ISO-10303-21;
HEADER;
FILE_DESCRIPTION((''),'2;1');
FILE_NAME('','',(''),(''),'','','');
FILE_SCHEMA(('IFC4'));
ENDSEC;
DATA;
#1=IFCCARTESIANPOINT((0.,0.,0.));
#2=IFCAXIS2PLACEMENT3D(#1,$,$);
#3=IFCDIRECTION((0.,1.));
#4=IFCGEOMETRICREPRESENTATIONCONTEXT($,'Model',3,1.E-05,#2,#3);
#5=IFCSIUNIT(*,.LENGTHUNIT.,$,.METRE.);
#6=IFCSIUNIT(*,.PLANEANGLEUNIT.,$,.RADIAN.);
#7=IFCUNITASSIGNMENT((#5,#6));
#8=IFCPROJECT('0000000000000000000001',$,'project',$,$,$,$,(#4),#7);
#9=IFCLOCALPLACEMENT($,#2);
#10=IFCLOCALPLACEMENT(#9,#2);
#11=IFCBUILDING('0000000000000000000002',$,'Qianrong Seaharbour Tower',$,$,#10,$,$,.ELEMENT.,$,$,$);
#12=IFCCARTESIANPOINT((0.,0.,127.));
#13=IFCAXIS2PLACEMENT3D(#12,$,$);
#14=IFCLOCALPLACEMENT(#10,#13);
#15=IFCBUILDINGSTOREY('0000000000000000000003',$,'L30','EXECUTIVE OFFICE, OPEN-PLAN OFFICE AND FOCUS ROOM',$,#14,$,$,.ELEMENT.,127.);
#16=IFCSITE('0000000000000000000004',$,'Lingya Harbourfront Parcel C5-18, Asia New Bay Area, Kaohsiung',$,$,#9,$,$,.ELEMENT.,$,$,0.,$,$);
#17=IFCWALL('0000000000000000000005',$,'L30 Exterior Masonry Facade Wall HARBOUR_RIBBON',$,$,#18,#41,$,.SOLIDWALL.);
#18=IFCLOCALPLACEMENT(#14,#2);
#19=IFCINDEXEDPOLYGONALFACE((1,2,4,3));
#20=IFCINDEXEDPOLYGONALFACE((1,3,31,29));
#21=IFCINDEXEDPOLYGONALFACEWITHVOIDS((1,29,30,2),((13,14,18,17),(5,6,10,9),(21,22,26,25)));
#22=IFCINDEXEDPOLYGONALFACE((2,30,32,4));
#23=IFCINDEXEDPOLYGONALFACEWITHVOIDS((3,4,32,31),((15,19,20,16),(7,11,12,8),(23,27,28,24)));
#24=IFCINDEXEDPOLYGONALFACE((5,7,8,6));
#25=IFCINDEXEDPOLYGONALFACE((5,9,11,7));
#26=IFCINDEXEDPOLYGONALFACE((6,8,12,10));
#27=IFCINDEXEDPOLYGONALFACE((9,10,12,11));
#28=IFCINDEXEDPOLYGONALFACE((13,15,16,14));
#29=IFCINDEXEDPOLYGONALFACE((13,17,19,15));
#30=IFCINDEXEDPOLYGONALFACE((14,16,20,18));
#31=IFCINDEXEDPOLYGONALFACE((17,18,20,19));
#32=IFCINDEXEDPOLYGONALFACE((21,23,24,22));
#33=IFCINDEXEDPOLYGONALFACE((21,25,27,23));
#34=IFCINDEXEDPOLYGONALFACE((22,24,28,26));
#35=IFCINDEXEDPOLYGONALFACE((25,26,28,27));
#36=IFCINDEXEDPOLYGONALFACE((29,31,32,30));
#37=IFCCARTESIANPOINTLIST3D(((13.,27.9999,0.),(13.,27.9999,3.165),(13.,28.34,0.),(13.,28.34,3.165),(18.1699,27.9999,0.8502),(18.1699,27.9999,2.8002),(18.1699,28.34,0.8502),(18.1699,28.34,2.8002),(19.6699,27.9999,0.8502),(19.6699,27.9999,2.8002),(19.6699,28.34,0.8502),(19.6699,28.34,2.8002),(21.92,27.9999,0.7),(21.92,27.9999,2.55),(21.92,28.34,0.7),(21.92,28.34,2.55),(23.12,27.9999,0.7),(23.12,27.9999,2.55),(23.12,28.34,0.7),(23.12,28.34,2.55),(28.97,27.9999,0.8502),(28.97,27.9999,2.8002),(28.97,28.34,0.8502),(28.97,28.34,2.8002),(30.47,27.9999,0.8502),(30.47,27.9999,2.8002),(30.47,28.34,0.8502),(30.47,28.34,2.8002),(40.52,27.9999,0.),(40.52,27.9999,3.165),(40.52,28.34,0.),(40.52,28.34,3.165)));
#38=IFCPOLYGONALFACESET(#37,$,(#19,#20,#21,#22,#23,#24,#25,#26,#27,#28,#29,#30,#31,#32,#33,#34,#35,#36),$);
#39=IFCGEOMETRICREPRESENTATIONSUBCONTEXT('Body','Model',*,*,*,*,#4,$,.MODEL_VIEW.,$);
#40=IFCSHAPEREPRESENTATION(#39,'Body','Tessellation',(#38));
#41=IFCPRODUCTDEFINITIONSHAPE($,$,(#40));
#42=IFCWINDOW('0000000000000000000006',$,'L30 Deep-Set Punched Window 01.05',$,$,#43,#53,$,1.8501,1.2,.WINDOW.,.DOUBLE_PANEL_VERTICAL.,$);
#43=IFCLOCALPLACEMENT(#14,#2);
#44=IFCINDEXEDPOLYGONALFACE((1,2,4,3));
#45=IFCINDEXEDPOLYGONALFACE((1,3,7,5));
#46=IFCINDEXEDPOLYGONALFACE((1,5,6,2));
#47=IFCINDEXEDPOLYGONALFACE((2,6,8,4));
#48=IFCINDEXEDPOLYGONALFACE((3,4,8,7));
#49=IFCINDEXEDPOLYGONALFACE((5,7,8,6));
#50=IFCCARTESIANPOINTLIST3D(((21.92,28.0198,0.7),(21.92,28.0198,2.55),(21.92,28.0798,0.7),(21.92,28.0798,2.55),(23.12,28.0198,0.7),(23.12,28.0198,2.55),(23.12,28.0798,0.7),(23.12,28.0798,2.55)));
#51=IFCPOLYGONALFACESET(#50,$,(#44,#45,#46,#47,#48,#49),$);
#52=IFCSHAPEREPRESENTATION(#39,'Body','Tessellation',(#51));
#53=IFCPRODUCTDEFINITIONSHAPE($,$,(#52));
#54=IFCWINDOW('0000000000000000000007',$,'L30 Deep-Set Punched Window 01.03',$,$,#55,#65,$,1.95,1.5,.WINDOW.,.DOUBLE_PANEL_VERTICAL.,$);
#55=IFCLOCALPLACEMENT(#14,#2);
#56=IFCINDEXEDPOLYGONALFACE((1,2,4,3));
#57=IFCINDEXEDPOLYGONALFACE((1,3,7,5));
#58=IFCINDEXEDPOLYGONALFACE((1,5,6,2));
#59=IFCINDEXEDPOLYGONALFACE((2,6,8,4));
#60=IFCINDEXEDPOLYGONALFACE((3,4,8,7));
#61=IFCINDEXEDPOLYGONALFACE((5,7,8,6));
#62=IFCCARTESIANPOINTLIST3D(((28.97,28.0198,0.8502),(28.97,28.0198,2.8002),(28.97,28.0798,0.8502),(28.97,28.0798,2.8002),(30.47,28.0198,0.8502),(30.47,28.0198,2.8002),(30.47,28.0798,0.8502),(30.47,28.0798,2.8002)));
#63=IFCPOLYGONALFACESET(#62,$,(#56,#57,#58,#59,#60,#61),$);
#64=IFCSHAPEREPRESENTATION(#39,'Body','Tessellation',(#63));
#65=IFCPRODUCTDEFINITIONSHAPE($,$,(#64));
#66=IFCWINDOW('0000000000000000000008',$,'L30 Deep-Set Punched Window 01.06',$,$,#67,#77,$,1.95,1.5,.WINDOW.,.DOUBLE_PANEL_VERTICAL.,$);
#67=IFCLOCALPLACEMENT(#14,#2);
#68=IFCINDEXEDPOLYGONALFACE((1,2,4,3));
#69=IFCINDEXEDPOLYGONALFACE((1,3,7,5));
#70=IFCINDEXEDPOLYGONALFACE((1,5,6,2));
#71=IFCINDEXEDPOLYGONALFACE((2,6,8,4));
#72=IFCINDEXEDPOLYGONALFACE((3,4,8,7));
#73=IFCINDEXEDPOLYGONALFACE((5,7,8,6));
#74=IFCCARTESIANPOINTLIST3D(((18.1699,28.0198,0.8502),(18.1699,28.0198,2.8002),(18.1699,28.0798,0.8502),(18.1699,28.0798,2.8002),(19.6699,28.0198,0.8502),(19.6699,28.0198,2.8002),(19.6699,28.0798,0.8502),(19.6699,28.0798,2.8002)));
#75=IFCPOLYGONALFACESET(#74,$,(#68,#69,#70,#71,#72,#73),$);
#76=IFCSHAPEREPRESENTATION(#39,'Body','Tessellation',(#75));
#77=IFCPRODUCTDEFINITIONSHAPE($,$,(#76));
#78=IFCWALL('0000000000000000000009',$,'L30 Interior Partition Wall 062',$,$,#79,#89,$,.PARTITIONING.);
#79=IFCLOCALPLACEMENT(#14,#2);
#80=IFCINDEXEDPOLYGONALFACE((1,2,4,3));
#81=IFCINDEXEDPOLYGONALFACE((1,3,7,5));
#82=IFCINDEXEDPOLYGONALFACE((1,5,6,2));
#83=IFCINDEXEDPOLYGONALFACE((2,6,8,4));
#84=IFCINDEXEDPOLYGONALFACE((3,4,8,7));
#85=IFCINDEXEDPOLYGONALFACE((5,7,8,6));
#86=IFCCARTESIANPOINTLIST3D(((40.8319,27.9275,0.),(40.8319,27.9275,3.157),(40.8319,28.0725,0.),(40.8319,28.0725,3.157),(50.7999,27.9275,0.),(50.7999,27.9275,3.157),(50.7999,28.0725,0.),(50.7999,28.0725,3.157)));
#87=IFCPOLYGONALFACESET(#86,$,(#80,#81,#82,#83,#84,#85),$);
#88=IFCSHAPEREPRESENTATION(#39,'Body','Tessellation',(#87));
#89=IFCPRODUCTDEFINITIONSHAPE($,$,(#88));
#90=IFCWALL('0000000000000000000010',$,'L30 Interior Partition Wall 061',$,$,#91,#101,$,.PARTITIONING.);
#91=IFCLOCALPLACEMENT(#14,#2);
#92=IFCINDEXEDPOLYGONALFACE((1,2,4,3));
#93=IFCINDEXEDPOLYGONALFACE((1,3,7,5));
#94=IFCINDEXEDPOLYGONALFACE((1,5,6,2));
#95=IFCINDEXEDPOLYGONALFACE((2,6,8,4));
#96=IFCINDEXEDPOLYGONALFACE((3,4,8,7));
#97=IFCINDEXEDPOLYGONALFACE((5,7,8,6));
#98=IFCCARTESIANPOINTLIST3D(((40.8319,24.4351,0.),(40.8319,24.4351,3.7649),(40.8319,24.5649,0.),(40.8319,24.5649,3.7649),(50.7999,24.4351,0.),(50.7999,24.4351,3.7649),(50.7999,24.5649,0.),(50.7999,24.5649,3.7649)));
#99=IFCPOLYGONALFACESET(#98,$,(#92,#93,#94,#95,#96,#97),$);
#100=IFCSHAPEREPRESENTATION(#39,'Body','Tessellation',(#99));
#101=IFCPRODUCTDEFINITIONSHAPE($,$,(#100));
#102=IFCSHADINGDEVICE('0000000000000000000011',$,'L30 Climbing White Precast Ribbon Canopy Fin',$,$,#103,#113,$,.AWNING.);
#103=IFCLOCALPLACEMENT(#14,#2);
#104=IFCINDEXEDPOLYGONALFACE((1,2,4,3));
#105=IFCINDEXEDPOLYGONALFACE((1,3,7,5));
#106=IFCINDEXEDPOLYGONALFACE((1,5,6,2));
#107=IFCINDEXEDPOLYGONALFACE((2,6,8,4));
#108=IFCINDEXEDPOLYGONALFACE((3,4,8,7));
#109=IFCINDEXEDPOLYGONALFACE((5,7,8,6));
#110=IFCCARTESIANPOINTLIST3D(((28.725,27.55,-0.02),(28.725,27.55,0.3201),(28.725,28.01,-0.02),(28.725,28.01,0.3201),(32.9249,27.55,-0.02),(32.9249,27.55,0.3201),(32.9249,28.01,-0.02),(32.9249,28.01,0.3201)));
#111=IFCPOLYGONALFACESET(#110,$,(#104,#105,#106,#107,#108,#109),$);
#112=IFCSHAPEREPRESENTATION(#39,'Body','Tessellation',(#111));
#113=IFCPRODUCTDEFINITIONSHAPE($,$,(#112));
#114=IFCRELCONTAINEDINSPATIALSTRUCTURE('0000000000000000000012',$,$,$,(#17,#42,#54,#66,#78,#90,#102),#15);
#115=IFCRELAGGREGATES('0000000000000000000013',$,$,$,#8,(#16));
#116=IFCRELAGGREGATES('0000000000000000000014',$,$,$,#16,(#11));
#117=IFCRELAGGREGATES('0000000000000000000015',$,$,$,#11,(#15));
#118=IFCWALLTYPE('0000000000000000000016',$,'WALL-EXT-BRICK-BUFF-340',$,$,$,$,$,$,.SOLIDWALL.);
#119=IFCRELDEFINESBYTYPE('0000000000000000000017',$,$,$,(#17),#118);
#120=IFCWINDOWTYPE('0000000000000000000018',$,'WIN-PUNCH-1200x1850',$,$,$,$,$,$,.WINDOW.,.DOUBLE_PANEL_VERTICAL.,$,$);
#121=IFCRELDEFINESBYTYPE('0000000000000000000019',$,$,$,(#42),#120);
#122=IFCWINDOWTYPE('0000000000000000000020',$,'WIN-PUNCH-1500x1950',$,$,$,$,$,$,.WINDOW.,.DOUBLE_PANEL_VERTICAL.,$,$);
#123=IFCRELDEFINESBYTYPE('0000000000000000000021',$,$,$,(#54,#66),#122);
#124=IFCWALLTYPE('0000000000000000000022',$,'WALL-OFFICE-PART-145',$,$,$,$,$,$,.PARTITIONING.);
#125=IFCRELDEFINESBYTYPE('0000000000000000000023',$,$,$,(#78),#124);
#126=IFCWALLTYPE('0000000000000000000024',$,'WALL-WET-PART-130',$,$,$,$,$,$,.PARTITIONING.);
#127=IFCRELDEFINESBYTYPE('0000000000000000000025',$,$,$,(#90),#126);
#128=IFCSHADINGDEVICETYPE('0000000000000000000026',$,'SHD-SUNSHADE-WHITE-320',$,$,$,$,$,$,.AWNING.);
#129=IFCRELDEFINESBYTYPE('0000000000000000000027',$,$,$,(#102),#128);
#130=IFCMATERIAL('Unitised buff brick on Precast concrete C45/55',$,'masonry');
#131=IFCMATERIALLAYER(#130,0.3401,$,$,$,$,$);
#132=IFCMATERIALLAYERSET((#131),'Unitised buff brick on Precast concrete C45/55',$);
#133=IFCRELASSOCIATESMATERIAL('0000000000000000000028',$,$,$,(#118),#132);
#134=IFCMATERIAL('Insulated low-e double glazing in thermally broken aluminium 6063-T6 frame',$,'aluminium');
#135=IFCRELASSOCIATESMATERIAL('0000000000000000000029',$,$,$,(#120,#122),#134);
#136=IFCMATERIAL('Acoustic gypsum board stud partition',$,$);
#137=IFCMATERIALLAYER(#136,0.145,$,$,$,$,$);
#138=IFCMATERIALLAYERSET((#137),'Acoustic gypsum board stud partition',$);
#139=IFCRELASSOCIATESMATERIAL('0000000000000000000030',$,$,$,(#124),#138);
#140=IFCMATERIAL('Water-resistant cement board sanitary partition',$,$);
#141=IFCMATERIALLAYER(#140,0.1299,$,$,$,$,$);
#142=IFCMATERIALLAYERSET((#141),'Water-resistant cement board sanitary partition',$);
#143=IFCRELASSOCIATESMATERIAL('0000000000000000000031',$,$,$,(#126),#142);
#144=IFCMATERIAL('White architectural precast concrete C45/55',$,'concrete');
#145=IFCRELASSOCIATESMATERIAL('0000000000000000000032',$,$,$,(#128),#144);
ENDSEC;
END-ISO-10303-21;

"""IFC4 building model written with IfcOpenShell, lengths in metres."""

from ifc_helpers import new_model, si_unit, direction, frame, frame_2d, origin, origin_2d, place, context, subcontext, project, spatial, rectangle, extrude, material, layer, layer_set, type_object, element, fill, save


model = new_model("IFC4")

# Units and contexts
model_context = context("Model", 3, precision=1e-05, world=origin(), true_north=direction((0.0, 1.0)))
body_context = subcontext(model_context, "Body", "Model", "MODEL_VIEW")
ifc_project = project(units=[si_unit("LENGTHUNIT", "METRE"), si_unit("PLANEANGLEUNIT", "RADIAN")], contexts=[model_context])

# Site, building, storey
site_placement = place(None, origin())
site = spatial("IfcSite", under=ifc_project, at=site_placement, Name="Lingya Harbourfront Parcel C5-18, Asia New Bay Area, Kaohsiung", CompositionType="ELEMENT", RefElevation=0.0)
building_placement = place(site_placement, origin())
building = spatial("IfcBuilding", under=site, at=building_placement, Name="Qianrong Seaharbour Tower", CompositionType="ELEMENT")
storey_placement = place(building_placement, frame((0.0, 0.0, 127.0)))
storey = spatial("IfcBuildingStorey", under=building, at=storey_placement, Name="L30", Description="EXECUTIVE OFFICE, OPEN-PLAN OFFICE AND FOCUS ROOM", CompositionType="ELEMENT", Elevation=127.0)

# Wall, openings, windows
ifc_material_1 = material(Name="Unitised buff brick on Precast concrete C45/55", Category="masonry")
ifc_layer_1 = layer(ifc_material_1, 0.3401)
ifc_layer_set_1 = layer_set([ifc_layer_1], Name="Unitised buff brick on Precast concrete C45/55")
wall_type_1 = type_object("IfcWallType", Name="WALL-EXT-BRICK-BUFF-340", PredefinedType="SOLIDWALL", material=ifc_layer_set_1)
wall_1_placement = place(storey_placement, frame((40.52, 28.1699, 0.0), z_axis=(0.0, 0.0, 1.0), x_axis=(-1.0, 0.0, 0.0)))
wall_1 = element("IfcWall", 1, at=wall_1_placement, inside=storey, type_object=wall_type_1, Name="L30 Exterior Masonry Facade Wall HARBOUR_RIBBON", PredefinedType="SOLIDWALL", context=body_context, shape_type="SweptSolid", body=[
    extrude(rectangle(XDim=27.52, YDim=0.3401, at=frame_2d((13.76, 0.0))), origin(), (0.0, 0.0, 1.0), 3.165),
])
opening_1_placement = place(wall_1_placement, frame((10.05, 0.0, 0.8501)))
opening_1 = element("IfcOpeningElement", 2, at=opening_1_placement, cuts=wall_1, PredefinedType="OPENING", context=body_context, shape_type="SweptSolid", body=[
    extrude(rectangle(XDim=1.5, YDim=1.95, at=frame_2d((0.75, 0.9751))), frame((0.0, 0.1802, 0.0), z_axis=(0.0, -1.0, 0.0), x_axis=(1.0, 0.0, 0.0)), (0.0, 0.0, 1.0), 0.3601),
])
opening_2_placement = place(wall_1_placement, frame((17.3999, 0.0, 0.7)))
opening_2 = element("IfcOpeningElement", 3, at=opening_2_placement, cuts=wall_1, PredefinedType="OPENING", context=body_context, shape_type="SweptSolid", body=[
    extrude(rectangle(XDim=1.2, YDim=1.8501, at=frame_2d((0.6001, 0.925))), frame((0.0, 0.1802, 0.0), z_axis=(0.0, -1.0, 0.0), x_axis=(1.0, 0.0, 0.0)), (0.0, 0.0, 1.0), 0.3601),
])
opening_3_placement = place(wall_1_placement, frame((20.8501, 0.0, 0.8501)))
opening_3 = element("IfcOpeningElement", 4, at=opening_3_placement, cuts=wall_1, PredefinedType="OPENING", context=body_context, shape_type="SweptSolid", body=[
    extrude(rectangle(XDim=1.5, YDim=1.95, at=frame_2d((0.75, 0.9751))), frame((0.0, 0.1802, 0.0), z_axis=(0.0, -1.0, 0.0), x_axis=(1.0, 0.0, 0.0)), (0.0, 0.0, 1.0), 0.3601),
])
ifc_material_2 = material(Name="Insulated low-e double glazing in thermally broken aluminium 6063-T6 frame", Category="aluminium")
window_type_1 = type_object("IfcWindowType", Name="WIN-PUNCH-1200x1850", PartitioningType="DOUBLE_PANEL_VERTICAL", PredefinedType="WINDOW", material=ifc_material_2)
window_1_placement = place(opening_2_placement, origin())
window_1 = element("IfcWindow", 5, at=window_1_placement, inside=storey, type_object=window_type_1, Name="L30 Deep-Set Punched Window 01.05", OverallHeight=1.8501, OverallWidth=1.2, PartitioningType="DOUBLE_PANEL_VERTICAL", PredefinedType="WINDOW", context=body_context, shape_type="SweptSolid", body=[
    extrude(rectangle(XDim=1.2, YDim=1.8501, at=frame_2d((0.6001, 0.925))), frame((0.0, 0.1501, 0.0), z_axis=(0.0, -1.0, 0.0), x_axis=(1.0, 0.0, 0.0)), (0.0, 0.0, 1.0), 0.0601),
])
fill(opening_2, window_1)
window_type_2 = type_object("IfcWindowType", Name="WIN-PUNCH-1500x1950", PartitioningType="DOUBLE_PANEL_VERTICAL", PredefinedType="WINDOW", material=ifc_material_2)
window_2_placement = place(opening_1_placement, origin())
window_2 = element("IfcWindow", 6, at=window_2_placement, inside=storey, type_object=window_type_2, Name="L30 Deep-Set Punched Window 01.03", OverallHeight=1.95, OverallWidth=1.5, PartitioningType="DOUBLE_PANEL_VERTICAL", PredefinedType="WINDOW", context=body_context, shape_type="SweptSolid", body=[
    extrude(rectangle(XDim=1.5, YDim=1.95, at=frame_2d((0.75, 0.9751))), frame((0.0, 0.1501, 0.0), z_axis=(0.0, -1.0, 0.0), x_axis=(1.0, 0.0, 0.0)), (0.0, 0.0, 1.0), 0.0601),
])
fill(opening_1, window_2)
window_3_placement = place(opening_3_placement, origin())
window_3 = element("IfcWindow", 7, at=window_3_placement, inside=storey, type_object=window_type_2, Name="L30 Deep-Set Punched Window 01.06", OverallHeight=1.95, OverallWidth=1.5, PartitioningType="DOUBLE_PANEL_VERTICAL", PredefinedType="WINDOW", context=body_context, shape_type="SweptSolid", body=[
    extrude(rectangle(XDim=1.5, YDim=1.95, at=frame_2d((0.75, 0.9751))), frame((0.0, 0.1501, 0.0), z_axis=(0.0, -1.0, 0.0), x_axis=(1.0, 0.0, 0.0)), (0.0, 0.0, 1.0), 0.0601),
])
fill(opening_3, window_3)

# Walls
ifc_material_3 = material(Name="Acoustic gypsum board stud partition")
ifc_layer_2 = layer(ifc_material_3, 0.145)
ifc_layer_set_2 = layer_set([ifc_layer_2], Name="Acoustic gypsum board stud partition")
wall_type_2 = type_object("IfcWallType", Name="WALL-OFFICE-PART-145", PredefinedType="PARTITIONING", material=ifc_layer_set_2)
wall_2_placement = place(storey_placement, frame((40.832, 28.0, 0.0), z_axis=(0.0, 0.0, 1.0), x_axis=(1.0, 0.0, 0.0)))
element("IfcWall", 8, at=wall_2_placement, inside=storey, type_object=wall_type_2, Name="L30 Interior Partition Wall 062", PredefinedType="PARTITIONING", context=body_context, shape_type="SweptSolid", body=[
    extrude(rectangle(XDim=9.968, YDim=0.145, at=frame_2d((4.9839, 0.0))), origin(), (0.0, 0.0, 1.0), 3.157),
])
ifc_material_4 = material(Name="Water-resistant cement board sanitary partition")
ifc_layer_3 = layer(ifc_material_4, 0.1299)
ifc_layer_set_3 = layer_set([ifc_layer_3], Name="Water-resistant cement board sanitary partition")
wall_type_3 = type_object("IfcWallType", Name="WALL-WET-PART-130", PredefinedType="PARTITIONING", material=ifc_layer_set_3)
wall_3_placement = place(storey_placement, frame((40.832, 24.5, 0.0), z_axis=(0.0, 0.0, 1.0), x_axis=(1.0, 0.0, 0.0)))
element("IfcWall", 9, at=wall_3_placement, inside=storey, type_object=wall_type_3, Name="L30 Interior Partition Wall 061", PredefinedType="PARTITIONING", context=body_context, shape_type="SweptSolid", body=[
    extrude(rectangle(XDim=9.968, YDim=0.1299, at=frame_2d((4.9839, 0.0))), origin(), (0.0, 0.0, 1.0), 3.7649),
])

# Shading device
ifc_material_5 = material(Name="White architectural precast concrete C45/55", Category="concrete")
shading_device_type = type_object("IfcShadingDeviceType", Name="SHD-SUNSHADE-WHITE-320", PredefinedType="AWNING", material=ifc_material_5)
shading_device_placement = place(storey_placement, frame((30.825, 27.78, -0.02), z_axis=(0.0, 0.0, 1.0), x_axis=(1.0, 0.0, 0.0)))
element("IfcShadingDevice", 10, at=shading_device_placement, inside=storey, type_object=shading_device_type, Name="L30 Climbing White Precast Ribbon Canopy Fin", PredefinedType="AWNING", context=body_context, shape_type="SweptSolid", body=[
    extrude(rectangle(XDim=4.2, YDim=0.46, at=origin_2d()), origin(), (0.0, 0.0, 1.0), 0.3401),
])

save(model, "model.ifc")
